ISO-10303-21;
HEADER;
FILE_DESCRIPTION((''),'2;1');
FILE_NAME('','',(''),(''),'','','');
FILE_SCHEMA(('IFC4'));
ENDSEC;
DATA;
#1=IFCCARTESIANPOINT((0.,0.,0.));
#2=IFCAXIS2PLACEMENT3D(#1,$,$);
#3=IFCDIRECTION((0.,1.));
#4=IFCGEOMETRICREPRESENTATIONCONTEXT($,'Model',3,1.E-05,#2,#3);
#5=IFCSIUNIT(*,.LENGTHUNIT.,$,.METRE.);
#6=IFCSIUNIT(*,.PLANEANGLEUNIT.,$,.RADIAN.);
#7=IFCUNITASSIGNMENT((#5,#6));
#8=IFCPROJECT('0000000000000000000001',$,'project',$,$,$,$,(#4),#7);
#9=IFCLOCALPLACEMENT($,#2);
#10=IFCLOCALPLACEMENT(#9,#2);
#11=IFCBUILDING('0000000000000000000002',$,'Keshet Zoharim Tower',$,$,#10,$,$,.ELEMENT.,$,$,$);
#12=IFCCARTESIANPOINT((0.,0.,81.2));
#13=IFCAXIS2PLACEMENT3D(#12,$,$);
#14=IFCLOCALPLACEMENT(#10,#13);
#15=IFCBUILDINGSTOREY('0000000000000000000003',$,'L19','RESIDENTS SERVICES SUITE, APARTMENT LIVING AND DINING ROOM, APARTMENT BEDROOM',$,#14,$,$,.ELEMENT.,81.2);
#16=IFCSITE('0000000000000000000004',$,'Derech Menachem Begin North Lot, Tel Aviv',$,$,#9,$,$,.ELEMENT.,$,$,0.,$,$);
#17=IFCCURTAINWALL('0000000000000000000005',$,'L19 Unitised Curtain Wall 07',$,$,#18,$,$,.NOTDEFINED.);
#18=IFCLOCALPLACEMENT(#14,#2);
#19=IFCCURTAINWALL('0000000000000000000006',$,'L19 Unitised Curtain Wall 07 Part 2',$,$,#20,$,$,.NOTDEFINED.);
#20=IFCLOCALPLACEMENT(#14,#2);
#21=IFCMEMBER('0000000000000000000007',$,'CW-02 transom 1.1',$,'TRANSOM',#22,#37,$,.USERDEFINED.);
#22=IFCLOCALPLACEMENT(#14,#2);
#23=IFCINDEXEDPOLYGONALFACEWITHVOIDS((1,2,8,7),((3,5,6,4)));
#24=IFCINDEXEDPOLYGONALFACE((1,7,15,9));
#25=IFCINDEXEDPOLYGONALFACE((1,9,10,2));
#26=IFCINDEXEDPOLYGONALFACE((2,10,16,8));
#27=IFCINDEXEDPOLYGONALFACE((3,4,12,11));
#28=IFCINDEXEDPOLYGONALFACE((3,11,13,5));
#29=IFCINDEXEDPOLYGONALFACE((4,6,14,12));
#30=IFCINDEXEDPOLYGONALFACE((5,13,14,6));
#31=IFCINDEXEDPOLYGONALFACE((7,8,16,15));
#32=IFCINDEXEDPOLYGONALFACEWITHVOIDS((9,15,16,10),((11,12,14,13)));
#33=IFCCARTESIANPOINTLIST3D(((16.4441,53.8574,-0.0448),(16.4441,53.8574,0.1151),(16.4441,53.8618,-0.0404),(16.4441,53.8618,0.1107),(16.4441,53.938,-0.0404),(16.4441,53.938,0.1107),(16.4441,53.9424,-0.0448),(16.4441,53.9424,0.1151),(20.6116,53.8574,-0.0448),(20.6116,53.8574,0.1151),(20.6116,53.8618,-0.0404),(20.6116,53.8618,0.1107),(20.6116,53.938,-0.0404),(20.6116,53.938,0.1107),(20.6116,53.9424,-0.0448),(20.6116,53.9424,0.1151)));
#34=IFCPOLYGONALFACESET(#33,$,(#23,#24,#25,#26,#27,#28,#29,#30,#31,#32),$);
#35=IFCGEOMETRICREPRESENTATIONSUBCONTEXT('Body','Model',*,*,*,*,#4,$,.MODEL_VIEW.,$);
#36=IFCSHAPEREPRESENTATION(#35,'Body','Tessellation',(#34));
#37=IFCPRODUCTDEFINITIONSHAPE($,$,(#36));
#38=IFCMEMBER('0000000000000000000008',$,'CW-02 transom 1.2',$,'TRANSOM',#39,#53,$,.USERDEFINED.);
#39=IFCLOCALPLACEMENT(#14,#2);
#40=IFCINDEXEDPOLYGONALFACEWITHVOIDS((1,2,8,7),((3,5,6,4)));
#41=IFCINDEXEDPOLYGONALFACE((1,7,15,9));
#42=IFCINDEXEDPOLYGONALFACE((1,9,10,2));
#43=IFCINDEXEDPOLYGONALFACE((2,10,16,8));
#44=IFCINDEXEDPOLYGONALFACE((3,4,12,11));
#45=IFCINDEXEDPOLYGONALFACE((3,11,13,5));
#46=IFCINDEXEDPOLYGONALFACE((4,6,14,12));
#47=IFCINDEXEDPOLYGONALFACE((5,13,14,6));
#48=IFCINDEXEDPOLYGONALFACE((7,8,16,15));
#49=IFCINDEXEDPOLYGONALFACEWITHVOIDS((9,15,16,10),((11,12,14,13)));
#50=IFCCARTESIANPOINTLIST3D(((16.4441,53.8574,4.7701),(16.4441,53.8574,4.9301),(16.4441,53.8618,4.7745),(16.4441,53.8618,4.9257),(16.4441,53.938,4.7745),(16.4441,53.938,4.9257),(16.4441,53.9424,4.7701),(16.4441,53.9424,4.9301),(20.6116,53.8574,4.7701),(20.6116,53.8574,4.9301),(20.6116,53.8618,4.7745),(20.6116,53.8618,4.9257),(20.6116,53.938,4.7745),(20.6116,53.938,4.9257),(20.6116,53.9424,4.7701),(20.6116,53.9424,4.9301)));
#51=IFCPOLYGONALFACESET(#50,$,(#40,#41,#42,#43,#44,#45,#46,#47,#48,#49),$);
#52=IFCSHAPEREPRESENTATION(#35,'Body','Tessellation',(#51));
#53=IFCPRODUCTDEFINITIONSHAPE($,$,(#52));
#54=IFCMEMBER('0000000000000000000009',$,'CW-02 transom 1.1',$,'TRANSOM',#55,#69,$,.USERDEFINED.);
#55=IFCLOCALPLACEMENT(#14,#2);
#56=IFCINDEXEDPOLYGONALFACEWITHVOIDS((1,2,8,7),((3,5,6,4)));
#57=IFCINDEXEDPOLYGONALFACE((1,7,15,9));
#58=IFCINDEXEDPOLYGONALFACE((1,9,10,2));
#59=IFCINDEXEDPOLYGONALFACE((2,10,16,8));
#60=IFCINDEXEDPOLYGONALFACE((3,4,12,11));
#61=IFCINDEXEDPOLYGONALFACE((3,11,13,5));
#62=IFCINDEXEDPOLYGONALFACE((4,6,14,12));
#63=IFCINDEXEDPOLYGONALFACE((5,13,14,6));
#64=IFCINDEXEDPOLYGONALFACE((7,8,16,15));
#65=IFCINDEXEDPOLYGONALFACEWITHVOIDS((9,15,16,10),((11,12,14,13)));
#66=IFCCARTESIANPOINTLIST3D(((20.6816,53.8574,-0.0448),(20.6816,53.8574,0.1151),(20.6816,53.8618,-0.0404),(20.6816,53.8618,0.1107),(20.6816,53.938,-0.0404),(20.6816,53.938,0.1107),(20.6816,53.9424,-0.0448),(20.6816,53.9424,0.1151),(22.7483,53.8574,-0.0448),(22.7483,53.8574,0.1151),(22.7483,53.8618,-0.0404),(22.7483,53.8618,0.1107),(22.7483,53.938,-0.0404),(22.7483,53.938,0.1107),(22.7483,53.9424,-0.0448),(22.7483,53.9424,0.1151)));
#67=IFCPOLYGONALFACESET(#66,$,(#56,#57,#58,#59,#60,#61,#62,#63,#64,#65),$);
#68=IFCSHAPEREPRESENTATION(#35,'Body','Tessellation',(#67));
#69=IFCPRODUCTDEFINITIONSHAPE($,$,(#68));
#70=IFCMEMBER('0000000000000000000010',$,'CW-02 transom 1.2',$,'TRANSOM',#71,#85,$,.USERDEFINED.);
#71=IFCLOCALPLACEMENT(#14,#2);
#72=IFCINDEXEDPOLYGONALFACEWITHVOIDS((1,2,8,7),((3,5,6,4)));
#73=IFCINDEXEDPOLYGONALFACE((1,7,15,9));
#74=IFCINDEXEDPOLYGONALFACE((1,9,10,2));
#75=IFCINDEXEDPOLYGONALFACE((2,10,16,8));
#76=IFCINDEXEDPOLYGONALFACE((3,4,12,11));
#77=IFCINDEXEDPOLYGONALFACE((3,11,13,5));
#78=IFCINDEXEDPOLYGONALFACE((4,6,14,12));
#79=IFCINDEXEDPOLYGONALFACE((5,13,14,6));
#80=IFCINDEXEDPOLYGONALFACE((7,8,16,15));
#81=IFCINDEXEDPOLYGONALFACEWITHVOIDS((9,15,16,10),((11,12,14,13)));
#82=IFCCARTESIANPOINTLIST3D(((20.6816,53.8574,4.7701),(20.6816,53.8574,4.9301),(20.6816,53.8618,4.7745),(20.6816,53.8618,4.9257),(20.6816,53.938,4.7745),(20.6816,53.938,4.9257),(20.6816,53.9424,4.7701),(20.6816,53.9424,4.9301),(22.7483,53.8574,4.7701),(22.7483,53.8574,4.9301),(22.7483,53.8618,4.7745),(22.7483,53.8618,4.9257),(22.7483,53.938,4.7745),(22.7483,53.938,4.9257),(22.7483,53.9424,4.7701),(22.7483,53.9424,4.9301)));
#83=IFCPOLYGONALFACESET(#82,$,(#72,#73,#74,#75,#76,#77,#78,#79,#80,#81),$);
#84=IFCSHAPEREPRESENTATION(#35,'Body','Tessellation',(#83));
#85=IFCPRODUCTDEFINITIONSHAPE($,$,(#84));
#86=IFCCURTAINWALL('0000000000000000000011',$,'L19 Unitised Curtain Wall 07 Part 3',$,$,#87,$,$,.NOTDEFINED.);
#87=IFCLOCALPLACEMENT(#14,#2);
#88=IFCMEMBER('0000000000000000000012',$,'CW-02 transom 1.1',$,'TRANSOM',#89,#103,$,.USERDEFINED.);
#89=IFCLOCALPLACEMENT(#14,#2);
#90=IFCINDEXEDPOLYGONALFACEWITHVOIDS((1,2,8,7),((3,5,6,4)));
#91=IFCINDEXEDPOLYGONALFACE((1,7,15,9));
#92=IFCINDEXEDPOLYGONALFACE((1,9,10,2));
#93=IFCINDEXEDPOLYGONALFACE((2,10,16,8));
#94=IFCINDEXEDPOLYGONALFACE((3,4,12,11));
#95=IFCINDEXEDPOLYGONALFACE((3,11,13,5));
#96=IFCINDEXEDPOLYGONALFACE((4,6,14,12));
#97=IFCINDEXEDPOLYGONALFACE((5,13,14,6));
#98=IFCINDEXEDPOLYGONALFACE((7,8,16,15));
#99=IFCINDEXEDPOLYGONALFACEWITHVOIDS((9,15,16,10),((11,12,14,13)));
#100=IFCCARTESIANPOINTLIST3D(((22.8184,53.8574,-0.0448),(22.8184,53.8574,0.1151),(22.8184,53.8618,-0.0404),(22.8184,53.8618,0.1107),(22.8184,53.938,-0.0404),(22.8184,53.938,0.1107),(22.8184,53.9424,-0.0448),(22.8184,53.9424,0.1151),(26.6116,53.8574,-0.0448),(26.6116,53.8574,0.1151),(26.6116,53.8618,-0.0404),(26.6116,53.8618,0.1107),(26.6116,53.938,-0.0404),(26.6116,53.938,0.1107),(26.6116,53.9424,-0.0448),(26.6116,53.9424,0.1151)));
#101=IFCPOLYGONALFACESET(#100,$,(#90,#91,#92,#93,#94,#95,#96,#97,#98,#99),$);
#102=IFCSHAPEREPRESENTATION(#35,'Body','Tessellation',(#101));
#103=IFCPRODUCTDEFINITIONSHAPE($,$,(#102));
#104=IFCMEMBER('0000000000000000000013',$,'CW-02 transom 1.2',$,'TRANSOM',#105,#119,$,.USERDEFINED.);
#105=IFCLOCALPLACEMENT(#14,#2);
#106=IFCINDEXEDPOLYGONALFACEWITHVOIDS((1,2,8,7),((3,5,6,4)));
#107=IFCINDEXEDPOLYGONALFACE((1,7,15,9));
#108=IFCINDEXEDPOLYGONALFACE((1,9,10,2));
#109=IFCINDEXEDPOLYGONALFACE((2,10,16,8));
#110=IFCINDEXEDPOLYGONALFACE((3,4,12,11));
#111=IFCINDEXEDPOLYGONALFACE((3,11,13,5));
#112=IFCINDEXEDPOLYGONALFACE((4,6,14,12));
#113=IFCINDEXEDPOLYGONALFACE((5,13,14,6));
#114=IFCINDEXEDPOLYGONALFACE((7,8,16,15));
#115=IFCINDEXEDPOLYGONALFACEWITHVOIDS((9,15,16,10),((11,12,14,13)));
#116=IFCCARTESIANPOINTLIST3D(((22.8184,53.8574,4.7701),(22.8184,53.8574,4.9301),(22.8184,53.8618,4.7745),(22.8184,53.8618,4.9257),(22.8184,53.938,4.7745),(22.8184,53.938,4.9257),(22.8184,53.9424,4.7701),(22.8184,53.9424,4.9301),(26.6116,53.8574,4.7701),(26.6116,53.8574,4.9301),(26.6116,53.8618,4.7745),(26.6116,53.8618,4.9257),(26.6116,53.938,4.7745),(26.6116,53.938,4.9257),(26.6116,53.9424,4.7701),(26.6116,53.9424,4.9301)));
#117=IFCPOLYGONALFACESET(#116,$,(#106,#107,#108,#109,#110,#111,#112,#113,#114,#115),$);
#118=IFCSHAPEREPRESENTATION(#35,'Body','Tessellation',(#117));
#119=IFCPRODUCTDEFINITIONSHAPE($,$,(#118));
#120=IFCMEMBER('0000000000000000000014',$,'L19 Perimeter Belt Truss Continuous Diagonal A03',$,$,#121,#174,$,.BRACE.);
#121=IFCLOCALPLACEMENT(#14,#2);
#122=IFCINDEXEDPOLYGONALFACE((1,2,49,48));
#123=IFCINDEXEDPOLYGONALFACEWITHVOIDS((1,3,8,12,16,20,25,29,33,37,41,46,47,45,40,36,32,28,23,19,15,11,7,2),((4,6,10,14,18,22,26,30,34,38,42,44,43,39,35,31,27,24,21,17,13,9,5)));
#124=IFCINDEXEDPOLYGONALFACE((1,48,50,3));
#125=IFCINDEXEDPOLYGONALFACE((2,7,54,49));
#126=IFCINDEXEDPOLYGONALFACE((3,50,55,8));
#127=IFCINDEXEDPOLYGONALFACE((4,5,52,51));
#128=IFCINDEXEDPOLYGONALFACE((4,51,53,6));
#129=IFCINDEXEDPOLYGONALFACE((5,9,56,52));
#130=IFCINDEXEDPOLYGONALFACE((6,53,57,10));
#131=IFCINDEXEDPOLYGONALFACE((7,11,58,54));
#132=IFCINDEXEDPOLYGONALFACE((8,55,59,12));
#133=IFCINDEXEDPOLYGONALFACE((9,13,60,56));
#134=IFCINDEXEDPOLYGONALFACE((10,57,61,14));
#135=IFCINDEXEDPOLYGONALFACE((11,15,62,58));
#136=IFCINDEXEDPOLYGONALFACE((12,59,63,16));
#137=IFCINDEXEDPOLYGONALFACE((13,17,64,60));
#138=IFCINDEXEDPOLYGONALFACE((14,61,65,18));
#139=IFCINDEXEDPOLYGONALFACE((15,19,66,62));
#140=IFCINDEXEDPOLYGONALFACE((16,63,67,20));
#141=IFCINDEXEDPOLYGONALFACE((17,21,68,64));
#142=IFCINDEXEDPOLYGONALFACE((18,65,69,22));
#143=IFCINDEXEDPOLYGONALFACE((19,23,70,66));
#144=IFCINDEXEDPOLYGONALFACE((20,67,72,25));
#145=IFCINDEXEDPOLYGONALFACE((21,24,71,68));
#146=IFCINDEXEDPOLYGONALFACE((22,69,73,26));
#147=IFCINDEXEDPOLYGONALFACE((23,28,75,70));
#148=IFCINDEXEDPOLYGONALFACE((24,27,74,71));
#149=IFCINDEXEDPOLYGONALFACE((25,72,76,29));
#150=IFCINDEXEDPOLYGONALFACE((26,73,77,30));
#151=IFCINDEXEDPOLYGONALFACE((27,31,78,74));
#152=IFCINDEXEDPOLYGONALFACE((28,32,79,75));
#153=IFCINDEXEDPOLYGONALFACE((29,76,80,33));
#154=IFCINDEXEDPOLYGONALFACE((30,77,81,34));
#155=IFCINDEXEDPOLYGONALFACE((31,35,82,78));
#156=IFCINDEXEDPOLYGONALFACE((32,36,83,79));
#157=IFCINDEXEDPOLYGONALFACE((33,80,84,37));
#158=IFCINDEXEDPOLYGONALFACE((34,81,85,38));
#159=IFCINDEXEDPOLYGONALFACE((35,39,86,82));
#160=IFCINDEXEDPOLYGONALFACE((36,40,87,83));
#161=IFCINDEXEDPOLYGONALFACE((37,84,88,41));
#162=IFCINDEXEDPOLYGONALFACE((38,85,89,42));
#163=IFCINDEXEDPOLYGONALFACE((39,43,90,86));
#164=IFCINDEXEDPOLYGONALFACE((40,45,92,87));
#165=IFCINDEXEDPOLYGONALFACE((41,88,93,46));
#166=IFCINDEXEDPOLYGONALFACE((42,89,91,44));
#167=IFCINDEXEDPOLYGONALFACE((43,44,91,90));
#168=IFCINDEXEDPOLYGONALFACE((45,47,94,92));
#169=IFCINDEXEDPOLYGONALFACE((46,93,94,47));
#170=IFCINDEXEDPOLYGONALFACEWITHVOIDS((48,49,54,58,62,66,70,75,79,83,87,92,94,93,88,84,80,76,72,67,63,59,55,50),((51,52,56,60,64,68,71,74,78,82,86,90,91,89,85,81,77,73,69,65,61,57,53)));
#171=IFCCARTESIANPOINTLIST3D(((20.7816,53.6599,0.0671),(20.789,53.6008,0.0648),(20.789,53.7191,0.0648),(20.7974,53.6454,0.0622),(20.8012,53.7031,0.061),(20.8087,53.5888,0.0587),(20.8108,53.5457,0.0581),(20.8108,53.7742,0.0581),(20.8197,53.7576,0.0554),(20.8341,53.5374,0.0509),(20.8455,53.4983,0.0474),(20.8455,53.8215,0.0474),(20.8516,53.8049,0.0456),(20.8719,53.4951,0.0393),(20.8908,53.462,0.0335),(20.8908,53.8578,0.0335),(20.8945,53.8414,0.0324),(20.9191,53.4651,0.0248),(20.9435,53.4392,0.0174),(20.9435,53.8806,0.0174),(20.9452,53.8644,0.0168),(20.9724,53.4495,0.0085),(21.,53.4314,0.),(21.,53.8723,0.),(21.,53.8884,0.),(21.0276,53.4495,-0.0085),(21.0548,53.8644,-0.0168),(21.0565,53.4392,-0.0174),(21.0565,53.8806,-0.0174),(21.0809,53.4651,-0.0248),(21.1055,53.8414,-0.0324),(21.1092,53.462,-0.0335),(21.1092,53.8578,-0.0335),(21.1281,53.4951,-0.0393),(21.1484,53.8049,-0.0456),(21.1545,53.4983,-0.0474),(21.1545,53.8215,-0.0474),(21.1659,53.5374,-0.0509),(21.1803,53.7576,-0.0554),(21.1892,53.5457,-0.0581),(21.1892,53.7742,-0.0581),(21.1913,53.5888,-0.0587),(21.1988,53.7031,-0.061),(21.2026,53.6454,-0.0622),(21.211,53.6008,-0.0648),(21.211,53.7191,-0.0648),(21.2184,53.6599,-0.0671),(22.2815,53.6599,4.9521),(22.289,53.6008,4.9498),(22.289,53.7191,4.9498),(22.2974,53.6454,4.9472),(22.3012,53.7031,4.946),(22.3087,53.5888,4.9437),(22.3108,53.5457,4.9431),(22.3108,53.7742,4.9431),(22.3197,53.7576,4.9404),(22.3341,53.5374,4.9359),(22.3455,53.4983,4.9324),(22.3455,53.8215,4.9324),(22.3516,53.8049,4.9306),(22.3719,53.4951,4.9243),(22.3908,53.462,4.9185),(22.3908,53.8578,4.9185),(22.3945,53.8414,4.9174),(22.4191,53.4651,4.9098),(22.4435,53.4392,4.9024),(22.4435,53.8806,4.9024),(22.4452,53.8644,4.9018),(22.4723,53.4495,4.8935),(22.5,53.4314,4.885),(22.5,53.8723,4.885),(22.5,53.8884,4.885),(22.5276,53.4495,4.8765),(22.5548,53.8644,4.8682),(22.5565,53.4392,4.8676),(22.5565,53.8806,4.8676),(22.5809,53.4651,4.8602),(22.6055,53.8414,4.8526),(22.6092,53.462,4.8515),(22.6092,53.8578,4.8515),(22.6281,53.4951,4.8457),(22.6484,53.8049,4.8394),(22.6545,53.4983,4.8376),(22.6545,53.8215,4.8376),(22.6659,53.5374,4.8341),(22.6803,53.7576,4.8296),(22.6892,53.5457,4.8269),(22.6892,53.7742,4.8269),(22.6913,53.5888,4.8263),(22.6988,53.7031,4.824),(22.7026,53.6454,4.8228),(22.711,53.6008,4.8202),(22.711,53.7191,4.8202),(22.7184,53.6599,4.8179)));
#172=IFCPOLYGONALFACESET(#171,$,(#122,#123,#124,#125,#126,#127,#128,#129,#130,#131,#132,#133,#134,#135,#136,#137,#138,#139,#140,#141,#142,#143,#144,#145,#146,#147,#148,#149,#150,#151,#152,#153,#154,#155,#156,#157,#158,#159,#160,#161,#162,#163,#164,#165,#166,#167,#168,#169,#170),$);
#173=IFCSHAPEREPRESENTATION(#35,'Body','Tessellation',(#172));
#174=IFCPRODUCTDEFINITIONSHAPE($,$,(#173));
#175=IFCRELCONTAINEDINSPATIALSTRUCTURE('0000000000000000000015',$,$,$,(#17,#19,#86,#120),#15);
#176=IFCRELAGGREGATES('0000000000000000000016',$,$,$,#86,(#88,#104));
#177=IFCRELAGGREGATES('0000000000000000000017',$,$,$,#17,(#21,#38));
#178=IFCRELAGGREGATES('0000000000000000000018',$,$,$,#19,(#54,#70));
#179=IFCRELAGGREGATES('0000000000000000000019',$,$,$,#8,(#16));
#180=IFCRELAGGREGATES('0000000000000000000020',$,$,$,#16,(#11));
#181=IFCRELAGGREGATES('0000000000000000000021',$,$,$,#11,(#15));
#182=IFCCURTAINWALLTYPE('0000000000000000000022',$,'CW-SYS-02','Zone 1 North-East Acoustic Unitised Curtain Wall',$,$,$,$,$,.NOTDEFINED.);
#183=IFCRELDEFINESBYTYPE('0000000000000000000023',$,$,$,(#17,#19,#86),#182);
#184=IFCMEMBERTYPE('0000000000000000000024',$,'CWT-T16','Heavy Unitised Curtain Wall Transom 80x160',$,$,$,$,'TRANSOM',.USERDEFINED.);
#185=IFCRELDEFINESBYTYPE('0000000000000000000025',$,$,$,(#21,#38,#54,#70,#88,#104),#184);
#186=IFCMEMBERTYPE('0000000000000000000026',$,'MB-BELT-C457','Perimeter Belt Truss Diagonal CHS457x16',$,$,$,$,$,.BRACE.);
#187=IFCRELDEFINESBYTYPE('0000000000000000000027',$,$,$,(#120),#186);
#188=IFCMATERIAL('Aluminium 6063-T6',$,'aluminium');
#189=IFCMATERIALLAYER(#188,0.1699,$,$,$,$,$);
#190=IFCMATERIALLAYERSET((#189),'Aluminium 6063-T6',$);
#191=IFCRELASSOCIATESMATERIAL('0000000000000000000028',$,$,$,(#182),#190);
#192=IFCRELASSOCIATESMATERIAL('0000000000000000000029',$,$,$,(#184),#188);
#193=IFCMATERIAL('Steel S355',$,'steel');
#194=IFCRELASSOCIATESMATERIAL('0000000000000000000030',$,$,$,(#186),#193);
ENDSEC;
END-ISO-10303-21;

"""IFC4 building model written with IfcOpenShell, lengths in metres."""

from ifc_helpers import new_model, si_unit, direction, frame, origin, origin_2d, place, context, subcontext, project, spatial, hollow_rectangle, hollow_circle, extrude, material, layer, layer_set, material_profile, profile_set, type_object, element, aggregate, save


model = new_model("IFC4")

# Units and contexts
model_context = context("Model", 3, precision=1e-05, world=origin(), true_north=direction((0.0, 1.0)))
body_context = subcontext(model_context, "Body", "Model", "MODEL_VIEW")
ifc_project = project(units=[si_unit("LENGTHUNIT", "METRE"), si_unit("PLANEANGLEUNIT", "RADIAN")], contexts=[model_context])

# Site, building, storey
site_placement = place(None, origin())
site = spatial("IfcSite", under=ifc_project, at=site_placement, Name="Derech Menachem Begin North Lot, Tel Aviv", CompositionType="ELEMENT", RefElevation=0.0)
building_placement = place(site_placement, origin())
building = spatial("IfcBuilding", under=site, at=building_placement, Name="Keshet Zoharim Tower", CompositionType="ELEMENT")
storey_placement = place(building_placement, frame((0.0, 0.0, 81.2)))
storey = spatial("IfcBuildingStorey", under=building, at=storey_placement, Name="L19", Description="RESIDENTS SERVICES SUITE, APARTMENT LIVING AND DINING ROOM, APARTMENT BEDROOM", CompositionType="ELEMENT", Elevation=81.2)

# Shared definitions
ifc_material_1 = material(Name="Steel S355", Category="steel")

# Shared definitions
ifc_material_2 = material(Name="Aluminium 6063-T6", Category="aluminium")

# Curtain wall
ifc_layer_1 = layer(ifc_material_2, 0.1699)
ifc_layer_set_1 = layer_set([ifc_layer_1], Name="Aluminium 6063-T6")
curtain_wall_type_1 = type_object("IfcCurtainWallType", Name="CW-SYS-02", Description="Zone 1 North-East Acoustic Unitised Curtain Wall", PredefinedType="NOTDEFINED", material=ifc_layer_set_1)
curtain_wall_1_placement = place(storey_placement, origin())
curtain_wall_1 = element("IfcCurtainWall", 1, at=curtain_wall_1_placement, inside=storey, type_object=curtain_wall_type_1, Name="L19 Unitised Curtain Wall 07", PredefinedType="NOTDEFINED")

# Curtain wall
curtain_wall_2_placement = place(storey_placement, origin())
curtain_wall_2 = element("IfcCurtainWall", 2, at=curtain_wall_2_placement, inside=storey, type_object=curtain_wall_type_1, Name="L19 Unitised Curtain Wall 07 Part 2", PredefinedType="NOTDEFINED")

# Members
ifc_material_profile_1 = material_profile(ifc_material_2, hollow_rectangle(XDim=0.085, YDim=0.1599, WallThickness=0.0044, at=origin_2d()), Name="TRN-85x160")
ifc_profile_set_1 = profile_set([ifc_material_profile_1], Name="Aluminium 6063-T6")
member_type_1 = type_object("IfcMemberType", Name="CWT-T16", Description="Heavy Unitised Curtain Wall Transom 80x160", ElementType="TRANSOM", PredefinedType="USERDEFINED", material=ifc_profile_set_1)
member_1_placement = place(storey_placement, frame((16.4441, 53.8999, 0.0352), z_axis=(1.0, 0.0, 0.0), x_axis=(0.0, 1.0, 0.0)))
member_1 = element("IfcMember", 3, at=member_1_placement, type_object=member_type_1, Name="CW-02 transom 1.1", ObjectType="TRANSOM", PredefinedType="USERDEFINED", context=body_context, shape_type="SweptSolid", body=[
    extrude(hollow_rectangle(XDim=0.085, YDim=0.1599, WallThickness=0.0044, at=origin_2d()), origin(), (0.0, 0.0, 1.0), 4.1675),
])
member_2_placement = place(storey_placement, frame((16.4441, 53.8999, 4.8501), z_axis=(1.0, 0.0, 0.0), x_axis=(0.0, 1.0, 0.0)))
member_2 = element("IfcMember", 4, at=member_2_placement, type_object=member_type_1, Name="CW-02 transom 1.2", ObjectType="TRANSOM", PredefinedType="USERDEFINED", context=body_context, shape_type="SweptSolid", body=[
    extrude(hollow_rectangle(XDim=0.085, YDim=0.1599, WallThickness=0.0044, at=origin_2d()), origin(), (0.0, 0.0, 1.0), 4.1675),
])
member_3_placement = place(storey_placement, frame((20.6816, 53.8999, 0.0352), z_axis=(1.0, 0.0, 0.0), x_axis=(0.0, 1.0, 0.0)))
member_3 = element("IfcMember", 5, at=member_3_placement, type_object=member_type_1, Name="CW-02 transom 1.1", ObjectType="TRANSOM", PredefinedType="USERDEFINED", context=body_context, shape_type="SweptSolid", body=[
    extrude(hollow_rectangle(XDim=0.085, YDim=0.1599, WallThickness=0.0044, at=origin_2d()), origin(), (0.0, 0.0, 1.0), 2.0667),
])
member_4_placement = place(storey_placement, frame((20.6816, 53.8999, 4.8501), z_axis=(1.0, 0.0, 0.0), x_axis=(0.0, 1.0, 0.0)))
member_4 = element("IfcMember", 6, at=member_4_placement, type_object=member_type_1, Name="CW-02 transom 1.2", ObjectType="TRANSOM", PredefinedType="USERDEFINED", context=body_context, shape_type="SweptSolid", body=[
    extrude(hollow_rectangle(XDim=0.085, YDim=0.1599, WallThickness=0.0044, at=origin_2d()), origin(), (0.0, 0.0, 1.0), 2.0667),
])

# Curtain wall, members
curtain_wall_3_placement = place(storey_placement, origin())
curtain_wall_3 = element("IfcCurtainWall", 7, at=curtain_wall_3_placement, inside=storey, type_object=curtain_wall_type_1, Name="L19 Unitised Curtain Wall 07 Part 3", PredefinedType="NOTDEFINED")
member_5_placement = place(storey_placement, frame((22.8184, 53.8999, 0.0352), z_axis=(1.0, 0.0, 0.0), x_axis=(0.0, 1.0, 0.0)))
member_5 = element("IfcMember", 8, at=member_5_placement, type_object=member_type_1, Name="CW-02 transom 1.1", ObjectType="TRANSOM", PredefinedType="USERDEFINED", context=body_context, shape_type="SweptSolid", body=[
    extrude(hollow_rectangle(XDim=0.085, YDim=0.1599, WallThickness=0.0044, at=origin_2d()), origin(), (0.0, 0.0, 1.0), 3.7932),
])
member_6_placement = place(storey_placement, frame((22.8184, 53.8999, 4.8501), z_axis=(1.0, 0.0, 0.0), x_axis=(0.0, 1.0, 0.0)))
member_6 = element("IfcMember", 9, at=member_6_placement, type_object=member_type_1, Name="CW-02 transom 1.2", ObjectType="TRANSOM", PredefinedType="USERDEFINED", context=body_context, shape_type="SweptSolid", body=[
    extrude(hollow_rectangle(XDim=0.085, YDim=0.1599, WallThickness=0.0044, at=origin_2d()), origin(), (0.0, 0.0, 1.0), 3.7932),
])
aggregate(curtain_wall_3, [member_5, member_6])

# Member
ifc_material_profile_2 = material_profile(ifc_material_1, hollow_circle(Radius=0.2285, WallThickness=0.0161, at=origin_2d()), Name="CHS457x16")
ifc_profile_set_2 = profile_set([ifc_material_profile_2], Name="Steel S355")
member_type_2 = type_object("IfcMemberType", Name="MB-BELT-C457", Description="Perimeter Belt Truss Diagonal CHS457x16", PredefinedType="BRACE", material=ifc_profile_set_2)
member_7_placement = place(storey_placement, frame((21.0, 53.6599, 0.0), z_axis=(0.293535, 0.0, 0.955948), x_axis=(0.0, 1.0, 0.0)))
element("IfcMember", 10, at=member_7_placement, inside=storey, type_object=member_type_2, Name="L19 Perimeter Belt Truss Continuous Diagonal A03", PredefinedType="BRACE", context=body_context, shape_type="SweptSolid", body=[
    extrude(hollow_circle(Radius=0.2285, WallThickness=0.0161, at=origin_2d()), origin(), (0.0, 0.0, 1.0), 5.1101),
])

aggregate(curtain_wall_1, [member_1, member_2])
aggregate(curtain_wall_2, [member_3, member_4])

save(model, "model.ifc")
